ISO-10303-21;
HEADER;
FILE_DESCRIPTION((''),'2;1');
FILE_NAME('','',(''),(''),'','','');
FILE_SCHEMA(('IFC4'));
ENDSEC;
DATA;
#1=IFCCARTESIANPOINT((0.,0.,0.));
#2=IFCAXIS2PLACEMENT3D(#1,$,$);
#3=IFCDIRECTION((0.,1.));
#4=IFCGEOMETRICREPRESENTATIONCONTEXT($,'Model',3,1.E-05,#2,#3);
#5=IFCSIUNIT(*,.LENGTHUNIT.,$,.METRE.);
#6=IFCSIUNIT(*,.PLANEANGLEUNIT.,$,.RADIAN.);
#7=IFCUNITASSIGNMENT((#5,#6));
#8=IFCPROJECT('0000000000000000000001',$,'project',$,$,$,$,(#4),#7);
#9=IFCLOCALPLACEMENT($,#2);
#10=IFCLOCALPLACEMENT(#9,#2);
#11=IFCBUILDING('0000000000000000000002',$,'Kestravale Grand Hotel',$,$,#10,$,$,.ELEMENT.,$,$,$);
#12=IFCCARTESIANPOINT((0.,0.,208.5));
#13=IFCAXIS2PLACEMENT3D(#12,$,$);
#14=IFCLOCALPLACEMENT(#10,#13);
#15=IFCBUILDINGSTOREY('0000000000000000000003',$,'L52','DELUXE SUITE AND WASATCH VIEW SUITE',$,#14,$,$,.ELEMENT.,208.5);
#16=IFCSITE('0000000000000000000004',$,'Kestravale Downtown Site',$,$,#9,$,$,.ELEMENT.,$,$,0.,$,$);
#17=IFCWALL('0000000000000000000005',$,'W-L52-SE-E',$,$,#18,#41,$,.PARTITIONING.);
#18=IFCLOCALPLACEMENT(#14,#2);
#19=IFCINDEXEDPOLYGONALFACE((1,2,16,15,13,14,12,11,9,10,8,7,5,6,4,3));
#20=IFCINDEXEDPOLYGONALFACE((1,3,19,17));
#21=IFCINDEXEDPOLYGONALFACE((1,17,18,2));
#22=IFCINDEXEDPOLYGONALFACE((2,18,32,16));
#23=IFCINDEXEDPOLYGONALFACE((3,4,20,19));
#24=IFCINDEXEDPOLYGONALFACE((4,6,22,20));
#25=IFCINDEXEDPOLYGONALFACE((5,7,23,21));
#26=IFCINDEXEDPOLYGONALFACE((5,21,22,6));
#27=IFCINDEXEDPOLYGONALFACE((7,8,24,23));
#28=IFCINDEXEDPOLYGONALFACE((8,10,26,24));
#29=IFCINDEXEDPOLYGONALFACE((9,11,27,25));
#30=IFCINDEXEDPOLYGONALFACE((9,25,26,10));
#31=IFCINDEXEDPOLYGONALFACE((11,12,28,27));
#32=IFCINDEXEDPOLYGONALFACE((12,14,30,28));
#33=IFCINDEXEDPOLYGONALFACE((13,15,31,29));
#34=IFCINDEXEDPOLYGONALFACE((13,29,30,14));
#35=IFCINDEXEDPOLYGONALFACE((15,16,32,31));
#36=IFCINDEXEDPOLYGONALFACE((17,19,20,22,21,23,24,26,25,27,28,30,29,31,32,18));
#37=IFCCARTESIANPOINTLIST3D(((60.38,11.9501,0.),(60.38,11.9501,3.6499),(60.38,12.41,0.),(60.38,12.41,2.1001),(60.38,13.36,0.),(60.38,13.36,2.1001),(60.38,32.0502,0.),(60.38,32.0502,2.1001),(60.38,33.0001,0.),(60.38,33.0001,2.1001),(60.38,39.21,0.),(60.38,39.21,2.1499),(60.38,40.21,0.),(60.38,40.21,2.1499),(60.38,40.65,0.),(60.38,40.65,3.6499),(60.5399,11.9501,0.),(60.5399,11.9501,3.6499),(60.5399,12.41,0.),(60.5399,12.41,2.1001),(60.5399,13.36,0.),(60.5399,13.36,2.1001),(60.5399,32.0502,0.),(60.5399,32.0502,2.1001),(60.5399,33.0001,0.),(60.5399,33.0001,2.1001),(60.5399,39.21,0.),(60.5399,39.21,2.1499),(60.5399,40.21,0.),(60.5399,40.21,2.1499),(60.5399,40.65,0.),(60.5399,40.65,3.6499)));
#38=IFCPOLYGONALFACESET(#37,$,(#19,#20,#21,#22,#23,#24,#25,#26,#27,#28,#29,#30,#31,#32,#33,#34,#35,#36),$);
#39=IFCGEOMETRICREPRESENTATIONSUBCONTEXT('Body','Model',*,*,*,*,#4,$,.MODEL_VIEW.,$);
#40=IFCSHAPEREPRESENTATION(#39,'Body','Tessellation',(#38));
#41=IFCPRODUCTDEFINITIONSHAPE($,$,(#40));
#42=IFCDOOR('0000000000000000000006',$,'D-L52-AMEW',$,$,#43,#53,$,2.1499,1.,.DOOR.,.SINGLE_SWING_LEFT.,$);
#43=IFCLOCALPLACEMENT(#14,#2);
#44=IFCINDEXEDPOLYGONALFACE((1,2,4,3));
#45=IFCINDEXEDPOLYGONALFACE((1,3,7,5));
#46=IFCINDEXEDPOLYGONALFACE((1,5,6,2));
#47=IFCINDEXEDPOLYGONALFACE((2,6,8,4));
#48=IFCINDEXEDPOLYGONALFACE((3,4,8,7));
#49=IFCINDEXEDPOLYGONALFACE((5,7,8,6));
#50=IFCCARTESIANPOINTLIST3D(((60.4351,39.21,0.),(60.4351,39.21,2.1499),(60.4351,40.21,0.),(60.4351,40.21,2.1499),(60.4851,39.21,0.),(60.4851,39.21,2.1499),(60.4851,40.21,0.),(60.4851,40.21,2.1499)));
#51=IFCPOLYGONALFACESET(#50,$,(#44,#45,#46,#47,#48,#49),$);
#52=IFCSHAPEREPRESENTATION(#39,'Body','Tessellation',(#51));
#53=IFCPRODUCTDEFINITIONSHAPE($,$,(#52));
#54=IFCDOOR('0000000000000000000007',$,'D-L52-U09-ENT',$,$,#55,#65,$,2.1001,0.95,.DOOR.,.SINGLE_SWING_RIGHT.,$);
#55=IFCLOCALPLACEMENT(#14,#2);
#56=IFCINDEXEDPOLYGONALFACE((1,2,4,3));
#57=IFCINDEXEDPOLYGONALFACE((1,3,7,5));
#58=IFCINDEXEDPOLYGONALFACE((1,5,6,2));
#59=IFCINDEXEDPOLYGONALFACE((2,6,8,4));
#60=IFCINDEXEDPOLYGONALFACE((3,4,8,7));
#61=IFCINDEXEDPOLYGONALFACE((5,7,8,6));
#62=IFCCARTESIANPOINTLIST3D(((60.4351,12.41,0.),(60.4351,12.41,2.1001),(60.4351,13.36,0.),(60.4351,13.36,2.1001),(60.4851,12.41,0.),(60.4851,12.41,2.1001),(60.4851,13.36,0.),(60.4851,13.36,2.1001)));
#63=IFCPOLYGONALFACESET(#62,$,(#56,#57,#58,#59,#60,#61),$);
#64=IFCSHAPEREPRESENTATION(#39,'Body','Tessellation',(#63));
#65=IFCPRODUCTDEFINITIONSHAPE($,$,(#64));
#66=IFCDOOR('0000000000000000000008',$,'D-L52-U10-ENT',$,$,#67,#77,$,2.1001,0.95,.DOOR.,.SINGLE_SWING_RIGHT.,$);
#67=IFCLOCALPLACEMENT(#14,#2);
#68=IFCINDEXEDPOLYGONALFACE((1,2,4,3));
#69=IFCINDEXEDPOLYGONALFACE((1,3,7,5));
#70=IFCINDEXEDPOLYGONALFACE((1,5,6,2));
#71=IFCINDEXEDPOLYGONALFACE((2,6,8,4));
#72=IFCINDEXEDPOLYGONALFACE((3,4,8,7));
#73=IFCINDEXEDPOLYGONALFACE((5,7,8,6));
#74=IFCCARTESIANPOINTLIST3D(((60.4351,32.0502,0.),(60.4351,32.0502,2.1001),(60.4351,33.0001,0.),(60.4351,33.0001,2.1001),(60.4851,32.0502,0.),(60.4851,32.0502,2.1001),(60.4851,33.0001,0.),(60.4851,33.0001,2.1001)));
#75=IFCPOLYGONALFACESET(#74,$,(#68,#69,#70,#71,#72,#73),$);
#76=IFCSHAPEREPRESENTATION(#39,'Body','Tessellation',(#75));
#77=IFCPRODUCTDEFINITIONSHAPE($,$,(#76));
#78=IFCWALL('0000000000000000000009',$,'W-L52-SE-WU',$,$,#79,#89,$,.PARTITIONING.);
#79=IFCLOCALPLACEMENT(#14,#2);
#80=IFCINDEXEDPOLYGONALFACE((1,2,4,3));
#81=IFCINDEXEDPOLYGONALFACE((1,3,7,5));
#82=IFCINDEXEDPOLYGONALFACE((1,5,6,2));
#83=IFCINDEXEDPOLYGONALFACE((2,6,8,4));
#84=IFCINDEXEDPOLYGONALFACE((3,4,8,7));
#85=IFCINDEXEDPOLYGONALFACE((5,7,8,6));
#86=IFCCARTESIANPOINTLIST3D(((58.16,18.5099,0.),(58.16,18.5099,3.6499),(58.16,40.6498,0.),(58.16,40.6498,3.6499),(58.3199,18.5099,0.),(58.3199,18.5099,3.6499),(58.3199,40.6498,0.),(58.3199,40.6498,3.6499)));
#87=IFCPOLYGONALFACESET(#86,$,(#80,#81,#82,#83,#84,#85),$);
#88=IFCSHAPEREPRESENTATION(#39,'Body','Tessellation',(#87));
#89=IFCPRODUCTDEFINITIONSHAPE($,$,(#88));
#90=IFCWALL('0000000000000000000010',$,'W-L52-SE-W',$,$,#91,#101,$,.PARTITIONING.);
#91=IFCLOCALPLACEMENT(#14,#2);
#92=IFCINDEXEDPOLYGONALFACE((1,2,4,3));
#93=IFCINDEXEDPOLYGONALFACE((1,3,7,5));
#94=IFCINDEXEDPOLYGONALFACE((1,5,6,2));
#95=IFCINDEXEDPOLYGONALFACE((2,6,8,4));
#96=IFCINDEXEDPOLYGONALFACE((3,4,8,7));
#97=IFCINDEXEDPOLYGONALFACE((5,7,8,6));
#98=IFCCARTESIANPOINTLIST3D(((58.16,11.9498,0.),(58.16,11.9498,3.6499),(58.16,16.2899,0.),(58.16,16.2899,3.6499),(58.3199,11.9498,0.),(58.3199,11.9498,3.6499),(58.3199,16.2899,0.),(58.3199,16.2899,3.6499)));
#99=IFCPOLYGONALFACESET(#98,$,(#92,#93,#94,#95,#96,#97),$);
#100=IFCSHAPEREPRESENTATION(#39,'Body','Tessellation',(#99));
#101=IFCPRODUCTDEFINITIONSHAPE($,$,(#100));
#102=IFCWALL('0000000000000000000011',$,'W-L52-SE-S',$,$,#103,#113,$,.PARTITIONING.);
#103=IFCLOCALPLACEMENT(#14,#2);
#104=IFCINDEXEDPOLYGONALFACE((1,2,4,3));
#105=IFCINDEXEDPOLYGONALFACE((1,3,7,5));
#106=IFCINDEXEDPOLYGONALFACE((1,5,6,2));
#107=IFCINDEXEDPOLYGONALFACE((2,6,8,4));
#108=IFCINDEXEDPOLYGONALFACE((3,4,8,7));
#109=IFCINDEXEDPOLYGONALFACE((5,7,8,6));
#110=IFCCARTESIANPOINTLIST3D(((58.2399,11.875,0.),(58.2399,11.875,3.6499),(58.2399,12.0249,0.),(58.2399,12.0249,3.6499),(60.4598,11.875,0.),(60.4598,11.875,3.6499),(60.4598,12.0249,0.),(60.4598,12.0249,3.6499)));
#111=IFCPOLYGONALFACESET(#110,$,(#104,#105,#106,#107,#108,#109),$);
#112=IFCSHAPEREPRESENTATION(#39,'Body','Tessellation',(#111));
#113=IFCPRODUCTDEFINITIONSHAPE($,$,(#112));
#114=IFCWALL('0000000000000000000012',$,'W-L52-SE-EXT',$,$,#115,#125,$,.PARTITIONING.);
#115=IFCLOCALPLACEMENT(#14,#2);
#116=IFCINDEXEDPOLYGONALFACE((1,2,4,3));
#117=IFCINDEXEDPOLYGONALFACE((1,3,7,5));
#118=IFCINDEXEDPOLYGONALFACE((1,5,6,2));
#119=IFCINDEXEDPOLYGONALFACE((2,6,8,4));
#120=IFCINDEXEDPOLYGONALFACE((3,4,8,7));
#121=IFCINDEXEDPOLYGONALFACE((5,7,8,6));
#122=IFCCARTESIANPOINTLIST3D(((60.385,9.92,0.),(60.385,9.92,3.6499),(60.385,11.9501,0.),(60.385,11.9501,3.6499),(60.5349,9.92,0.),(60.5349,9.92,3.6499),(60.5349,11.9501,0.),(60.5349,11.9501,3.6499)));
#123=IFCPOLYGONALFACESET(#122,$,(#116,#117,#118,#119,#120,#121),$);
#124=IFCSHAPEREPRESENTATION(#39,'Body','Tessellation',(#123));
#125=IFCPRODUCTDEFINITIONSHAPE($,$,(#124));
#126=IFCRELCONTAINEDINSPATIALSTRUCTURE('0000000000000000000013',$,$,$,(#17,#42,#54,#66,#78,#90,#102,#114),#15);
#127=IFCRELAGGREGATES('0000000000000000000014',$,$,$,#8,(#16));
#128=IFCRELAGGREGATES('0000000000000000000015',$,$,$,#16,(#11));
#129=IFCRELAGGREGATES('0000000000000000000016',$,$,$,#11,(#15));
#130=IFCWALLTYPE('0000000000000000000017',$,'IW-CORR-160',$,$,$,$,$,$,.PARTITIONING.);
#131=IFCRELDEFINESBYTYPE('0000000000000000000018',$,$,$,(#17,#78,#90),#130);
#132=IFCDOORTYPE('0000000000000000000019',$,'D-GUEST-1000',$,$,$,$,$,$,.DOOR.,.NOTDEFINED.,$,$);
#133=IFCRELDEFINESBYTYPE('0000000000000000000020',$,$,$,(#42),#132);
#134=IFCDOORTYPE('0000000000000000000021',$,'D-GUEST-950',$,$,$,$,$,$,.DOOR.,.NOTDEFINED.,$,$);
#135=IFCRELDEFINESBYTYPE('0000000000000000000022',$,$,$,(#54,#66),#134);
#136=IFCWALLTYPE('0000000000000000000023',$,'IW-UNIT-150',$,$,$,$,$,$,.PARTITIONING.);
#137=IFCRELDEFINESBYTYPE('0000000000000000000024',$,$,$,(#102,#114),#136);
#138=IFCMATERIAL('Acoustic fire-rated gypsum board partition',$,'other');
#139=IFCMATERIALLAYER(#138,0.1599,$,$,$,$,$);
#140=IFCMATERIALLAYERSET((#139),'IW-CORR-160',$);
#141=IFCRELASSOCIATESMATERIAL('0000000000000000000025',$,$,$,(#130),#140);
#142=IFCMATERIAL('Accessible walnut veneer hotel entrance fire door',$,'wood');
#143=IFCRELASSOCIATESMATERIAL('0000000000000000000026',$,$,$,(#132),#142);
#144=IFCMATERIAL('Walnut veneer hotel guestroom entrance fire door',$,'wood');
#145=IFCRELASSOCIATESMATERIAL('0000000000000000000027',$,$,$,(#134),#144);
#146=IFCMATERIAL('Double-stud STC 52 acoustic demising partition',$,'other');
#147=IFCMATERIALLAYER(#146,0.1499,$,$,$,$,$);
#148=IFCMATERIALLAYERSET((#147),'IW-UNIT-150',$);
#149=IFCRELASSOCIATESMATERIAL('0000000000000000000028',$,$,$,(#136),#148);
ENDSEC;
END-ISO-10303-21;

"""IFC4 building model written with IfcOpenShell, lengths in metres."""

from ifc_helpers import new_model, si_unit, direction, frame, frame_2d, origin, place, context, subcontext, project, spatial, rectangle, extrude, material, layer, layer_set, type_object, element, fill, save


model = new_model("IFC4")

# Units and contexts
model_context = context("Model", 3, precision=1e-05, world=origin(), true_north=direction((0.0, 1.0)))
body_context = subcontext(model_context, "Body", "Model", "MODEL_VIEW")
ifc_project = project(units=[si_unit("LENGTHUNIT", "METRE"), si_unit("PLANEANGLEUNIT", "RADIAN")], contexts=[model_context])

# Site, building, storey
site_placement = place(None, origin())
site = spatial("IfcSite", under=ifc_project, at=site_placement, Name="Kestravale Downtown Site", CompositionType="ELEMENT", RefElevation=0.0)
building_placement = place(site_placement, origin())
building = spatial("IfcBuilding", under=site, at=building_placement, Name="Kestravale Grand Hotel", CompositionType="ELEMENT")
storey_placement = place(building_placement, frame((0.0, 0.0, 208.5)))
storey = spatial("IfcBuildingStorey", under=building, at=storey_placement, Name="L52", Description="DELUXE SUITE AND WASATCH VIEW SUITE", CompositionType="ELEMENT", Elevation=208.5)

# Wall, openings, doors
ifc_material_1 = material(Name="Acoustic fire-rated gypsum board partition", Category="other")
ifc_layer_1 = layer(ifc_material_1, 0.1599)
ifc_layer_set_1 = layer_set([ifc_layer_1], Name="IW-CORR-160")
wall_type_1 = type_object("IfcWallType", Name="IW-CORR-160", PredefinedType="PARTITIONING", material=ifc_layer_set_1)
wall_1_placement = place(storey_placement, frame((60.46, 11.95, 0.0), z_axis=(0.0, 0.0, 1.0), x_axis=(0.0, 1.0, 0.0)))
wall_1 = element("IfcWall", 1, at=wall_1_placement, inside=storey, type_object=wall_type_1, Name="W-L52-SE-E", PredefinedType="PARTITIONING", context=body_context, shape_type="SweptSolid", body=[
    extrude(rectangle(XDim=28.7, YDim=0.1599, at=frame_2d((14.3501, 0.0))), origin(), (0.0, 0.0, 1.0), 3.6499),
])
opening_1_placement = place(wall_1_placement, frame((0.46, 0.0, 0.0)))
opening_1 = element("IfcOpeningElement", 2, at=opening_1_placement, cuts=wall_1, PredefinedType="OPENING", context=body_context, shape_type="SweptSolid", body=[
    extrude(rectangle(XDim=0.95, YDim=2.1001, at=frame_2d((0.4751, 1.05))), frame((0.0, 0.0898, 0.0), z_axis=(0.0, -1.0, 0.0), x_axis=(1.0, 0.0, 0.0)), (0.0, 0.0, 1.0), 0.1799),
])
opening_2_placement = place(wall_1_placement, frame((20.1001, 0.0, 0.0)))
opening_2 = element("IfcOpeningElement", 3, at=opening_2_placement, cuts=wall_1, PredefinedType="OPENING", context=body_context, shape_type="SweptSolid", body=[
    extrude(rectangle(XDim=0.95, YDim=2.1001, at=frame_2d((0.4751, 1.05))), frame((0.0, 0.0898, 0.0), z_axis=(0.0, -1.0, 0.0), x_axis=(1.0, 0.0, 0.0)), (0.0, 0.0, 1.0), 0.1799),
])
opening_3_placement = place(wall_1_placement, frame((27.26, 0.0, 0.0)))
opening_3 = element("IfcOpeningElement", 4, at=opening_3_placement, cuts=wall_1, PredefinedType="OPENING", context=body_context, shape_type="SweptSolid", body=[
    extrude(rectangle(XDim=1.0, YDim=2.1499, at=frame_2d((0.5, 1.075))), frame((0.0, 0.0898, 0.0), z_axis=(0.0, -1.0, 0.0), x_axis=(1.0, 0.0, 0.0)), (0.0, 0.0, 1.0), 0.1799),
])
ifc_material_2 = material(Name="Accessible walnut veneer hotel entrance fire door", Category="wood")
door_type_1 = type_object("IfcDoorType", Name="D-GUEST-1000", OperationType="NOTDEFINED", PredefinedType="DOOR", material=ifc_material_2)
door_1_placement = place(opening_3_placement, origin())
door_1 = element("IfcDoor", 5, at=door_1_placement, inside=storey, type_object=door_type_1, Name="D-L52-AMEW", OperationType="SINGLE_SWING_LEFT", OverallHeight=2.1499, OverallWidth=1.0, PredefinedType="DOOR", context=body_context, shape_type="SweptSolid", body=[
    extrude(rectangle(XDim=1.0, YDim=2.1499, at=frame_2d((0.5, 1.075))), frame((0.0, 0.0249, 0.0), z_axis=(0.0, -1.0, 0.0), x_axis=(1.0, 0.0, 0.0)), (0.0, 0.0, 1.0), 0.05),
])
fill(opening_3, door_1)
ifc_material_3 = material(Name="Walnut veneer hotel guestroom entrance fire door", Category="wood")
door_type_2 = type_object("IfcDoorType", Name="D-GUEST-950", OperationType="NOTDEFINED", PredefinedType="DOOR", material=ifc_material_3)
door_2_placement = place(opening_1_placement, origin())
door_2 = element("IfcDoor", 6, at=door_2_placement, inside=storey, type_object=door_type_2, Name="D-L52-U09-ENT", OperationType="SINGLE_SWING_RIGHT", OverallHeight=2.1001, OverallWidth=0.95, PredefinedType="DOOR", context=body_context, shape_type="SweptSolid", body=[
    extrude(rectangle(XDim=0.95, YDim=2.1001, at=frame_2d((0.4751, 1.05))), frame((0.0, 0.0249, 0.0), z_axis=(0.0, -1.0, 0.0), x_axis=(1.0, 0.0, 0.0)), (0.0, 0.0, 1.0), 0.05),
])
fill(opening_1, door_2)
door_3_placement = place(opening_2_placement, origin())
door_3 = element("IfcDoor", 7, at=door_3_placement, inside=storey, type_object=door_type_2, Name="D-L52-U10-ENT", OperationType="SINGLE_SWING_RIGHT", OverallHeight=2.1001, OverallWidth=0.95, PredefinedType="DOOR", context=body_context, shape_type="SweptSolid", body=[
    extrude(rectangle(XDim=0.95, YDim=2.1001, at=frame_2d((0.4751, 1.05))), frame((0.0, 0.0249, 0.0), z_axis=(0.0, -1.0, 0.0), x_axis=(1.0, 0.0, 0.0)), (0.0, 0.0, 1.0), 0.05),
])
fill(opening_2, door_3)

# Walls
wall_2_placement = place(storey_placement, frame((58.24, 18.51, 0.0), z_axis=(0.0, 0.0, 1.0), x_axis=(0.0, 1.0, 0.0)))
element("IfcWall", 8, at=wall_2_placement, inside=storey, type_object=wall_type_1, Name="W-L52-SE-WU", PredefinedType="PARTITIONING", context=body_context, shape_type="SweptSolid", body=[
    extrude(rectangle(XDim=22.1399, YDim=0.1599, at=frame_2d((11.0698, 0.0))), origin(), (0.0, 0.0, 1.0), 3.6499),
])
wall_3_placement = place(storey_placement, frame((58.24, 11.95, 0.0), z_axis=(0.0, 0.0, 1.0), x_axis=(0.0, 1.0, 0.0)))
element("IfcWall", 9, at=wall_3_placement, inside=storey, type_object=wall_type_1, Name="W-L52-SE-W", PredefinedType="PARTITIONING", context=body_context, shape_type="SweptSolid", body=[
    extrude(rectangle(XDim=4.3401, YDim=0.1599, at=frame_2d((2.1699, 0.0))), origin(), (0.0, 0.0, 1.0), 3.6499),
])
ifc_material_4 = material(Name="Double-stud STC 52 acoustic demising partition", Category="other")
ifc_layer_2 = layer(ifc_material_4, 0.1499)
ifc_layer_set_2 = layer_set([ifc_layer_2], Name="IW-UNIT-150")
wall_type_2 = type_object("IfcWallType", Name="IW-UNIT-150", PredefinedType="PARTITIONING", material=ifc_layer_set_2)
wall_4_placement = place(storey_placement, frame((58.24, 11.95, 0.0), z_axis=(0.0, 0.0, 1.0), x_axis=(1.0, 0.0, 0.0)))
element("IfcWall", 10, at=wall_4_placement, inside=storey, type_object=wall_type_2, Name="W-L52-SE-S", PredefinedType="PARTITIONING", context=body_context, shape_type="SweptSolid", body=[
    extrude(rectangle(XDim=2.22, YDim=0.1499, at=frame_2d((1.1099, 0.0))), origin(), (0.0, 0.0, 1.0), 3.6499),
])
wall_5_placement = place(storey_placement, frame((60.46, 9.9199, 0.0), z_axis=(0.0, 0.0, 1.0), x_axis=(0.0, 1.0, 0.0)))
element("IfcWall", 11, at=wall_5_placement, inside=storey, type_object=wall_type_2, Name="W-L52-SE-EXT", PredefinedType="PARTITIONING", context=body_context, shape_type="SweptSolid", body=[
    extrude(rectangle(XDim=2.03, YDim=0.1499, at=frame_2d((1.0151, 0.0))), origin(), (0.0, 0.0, 1.0), 3.6499),
])

save(model, "model.ifc")
